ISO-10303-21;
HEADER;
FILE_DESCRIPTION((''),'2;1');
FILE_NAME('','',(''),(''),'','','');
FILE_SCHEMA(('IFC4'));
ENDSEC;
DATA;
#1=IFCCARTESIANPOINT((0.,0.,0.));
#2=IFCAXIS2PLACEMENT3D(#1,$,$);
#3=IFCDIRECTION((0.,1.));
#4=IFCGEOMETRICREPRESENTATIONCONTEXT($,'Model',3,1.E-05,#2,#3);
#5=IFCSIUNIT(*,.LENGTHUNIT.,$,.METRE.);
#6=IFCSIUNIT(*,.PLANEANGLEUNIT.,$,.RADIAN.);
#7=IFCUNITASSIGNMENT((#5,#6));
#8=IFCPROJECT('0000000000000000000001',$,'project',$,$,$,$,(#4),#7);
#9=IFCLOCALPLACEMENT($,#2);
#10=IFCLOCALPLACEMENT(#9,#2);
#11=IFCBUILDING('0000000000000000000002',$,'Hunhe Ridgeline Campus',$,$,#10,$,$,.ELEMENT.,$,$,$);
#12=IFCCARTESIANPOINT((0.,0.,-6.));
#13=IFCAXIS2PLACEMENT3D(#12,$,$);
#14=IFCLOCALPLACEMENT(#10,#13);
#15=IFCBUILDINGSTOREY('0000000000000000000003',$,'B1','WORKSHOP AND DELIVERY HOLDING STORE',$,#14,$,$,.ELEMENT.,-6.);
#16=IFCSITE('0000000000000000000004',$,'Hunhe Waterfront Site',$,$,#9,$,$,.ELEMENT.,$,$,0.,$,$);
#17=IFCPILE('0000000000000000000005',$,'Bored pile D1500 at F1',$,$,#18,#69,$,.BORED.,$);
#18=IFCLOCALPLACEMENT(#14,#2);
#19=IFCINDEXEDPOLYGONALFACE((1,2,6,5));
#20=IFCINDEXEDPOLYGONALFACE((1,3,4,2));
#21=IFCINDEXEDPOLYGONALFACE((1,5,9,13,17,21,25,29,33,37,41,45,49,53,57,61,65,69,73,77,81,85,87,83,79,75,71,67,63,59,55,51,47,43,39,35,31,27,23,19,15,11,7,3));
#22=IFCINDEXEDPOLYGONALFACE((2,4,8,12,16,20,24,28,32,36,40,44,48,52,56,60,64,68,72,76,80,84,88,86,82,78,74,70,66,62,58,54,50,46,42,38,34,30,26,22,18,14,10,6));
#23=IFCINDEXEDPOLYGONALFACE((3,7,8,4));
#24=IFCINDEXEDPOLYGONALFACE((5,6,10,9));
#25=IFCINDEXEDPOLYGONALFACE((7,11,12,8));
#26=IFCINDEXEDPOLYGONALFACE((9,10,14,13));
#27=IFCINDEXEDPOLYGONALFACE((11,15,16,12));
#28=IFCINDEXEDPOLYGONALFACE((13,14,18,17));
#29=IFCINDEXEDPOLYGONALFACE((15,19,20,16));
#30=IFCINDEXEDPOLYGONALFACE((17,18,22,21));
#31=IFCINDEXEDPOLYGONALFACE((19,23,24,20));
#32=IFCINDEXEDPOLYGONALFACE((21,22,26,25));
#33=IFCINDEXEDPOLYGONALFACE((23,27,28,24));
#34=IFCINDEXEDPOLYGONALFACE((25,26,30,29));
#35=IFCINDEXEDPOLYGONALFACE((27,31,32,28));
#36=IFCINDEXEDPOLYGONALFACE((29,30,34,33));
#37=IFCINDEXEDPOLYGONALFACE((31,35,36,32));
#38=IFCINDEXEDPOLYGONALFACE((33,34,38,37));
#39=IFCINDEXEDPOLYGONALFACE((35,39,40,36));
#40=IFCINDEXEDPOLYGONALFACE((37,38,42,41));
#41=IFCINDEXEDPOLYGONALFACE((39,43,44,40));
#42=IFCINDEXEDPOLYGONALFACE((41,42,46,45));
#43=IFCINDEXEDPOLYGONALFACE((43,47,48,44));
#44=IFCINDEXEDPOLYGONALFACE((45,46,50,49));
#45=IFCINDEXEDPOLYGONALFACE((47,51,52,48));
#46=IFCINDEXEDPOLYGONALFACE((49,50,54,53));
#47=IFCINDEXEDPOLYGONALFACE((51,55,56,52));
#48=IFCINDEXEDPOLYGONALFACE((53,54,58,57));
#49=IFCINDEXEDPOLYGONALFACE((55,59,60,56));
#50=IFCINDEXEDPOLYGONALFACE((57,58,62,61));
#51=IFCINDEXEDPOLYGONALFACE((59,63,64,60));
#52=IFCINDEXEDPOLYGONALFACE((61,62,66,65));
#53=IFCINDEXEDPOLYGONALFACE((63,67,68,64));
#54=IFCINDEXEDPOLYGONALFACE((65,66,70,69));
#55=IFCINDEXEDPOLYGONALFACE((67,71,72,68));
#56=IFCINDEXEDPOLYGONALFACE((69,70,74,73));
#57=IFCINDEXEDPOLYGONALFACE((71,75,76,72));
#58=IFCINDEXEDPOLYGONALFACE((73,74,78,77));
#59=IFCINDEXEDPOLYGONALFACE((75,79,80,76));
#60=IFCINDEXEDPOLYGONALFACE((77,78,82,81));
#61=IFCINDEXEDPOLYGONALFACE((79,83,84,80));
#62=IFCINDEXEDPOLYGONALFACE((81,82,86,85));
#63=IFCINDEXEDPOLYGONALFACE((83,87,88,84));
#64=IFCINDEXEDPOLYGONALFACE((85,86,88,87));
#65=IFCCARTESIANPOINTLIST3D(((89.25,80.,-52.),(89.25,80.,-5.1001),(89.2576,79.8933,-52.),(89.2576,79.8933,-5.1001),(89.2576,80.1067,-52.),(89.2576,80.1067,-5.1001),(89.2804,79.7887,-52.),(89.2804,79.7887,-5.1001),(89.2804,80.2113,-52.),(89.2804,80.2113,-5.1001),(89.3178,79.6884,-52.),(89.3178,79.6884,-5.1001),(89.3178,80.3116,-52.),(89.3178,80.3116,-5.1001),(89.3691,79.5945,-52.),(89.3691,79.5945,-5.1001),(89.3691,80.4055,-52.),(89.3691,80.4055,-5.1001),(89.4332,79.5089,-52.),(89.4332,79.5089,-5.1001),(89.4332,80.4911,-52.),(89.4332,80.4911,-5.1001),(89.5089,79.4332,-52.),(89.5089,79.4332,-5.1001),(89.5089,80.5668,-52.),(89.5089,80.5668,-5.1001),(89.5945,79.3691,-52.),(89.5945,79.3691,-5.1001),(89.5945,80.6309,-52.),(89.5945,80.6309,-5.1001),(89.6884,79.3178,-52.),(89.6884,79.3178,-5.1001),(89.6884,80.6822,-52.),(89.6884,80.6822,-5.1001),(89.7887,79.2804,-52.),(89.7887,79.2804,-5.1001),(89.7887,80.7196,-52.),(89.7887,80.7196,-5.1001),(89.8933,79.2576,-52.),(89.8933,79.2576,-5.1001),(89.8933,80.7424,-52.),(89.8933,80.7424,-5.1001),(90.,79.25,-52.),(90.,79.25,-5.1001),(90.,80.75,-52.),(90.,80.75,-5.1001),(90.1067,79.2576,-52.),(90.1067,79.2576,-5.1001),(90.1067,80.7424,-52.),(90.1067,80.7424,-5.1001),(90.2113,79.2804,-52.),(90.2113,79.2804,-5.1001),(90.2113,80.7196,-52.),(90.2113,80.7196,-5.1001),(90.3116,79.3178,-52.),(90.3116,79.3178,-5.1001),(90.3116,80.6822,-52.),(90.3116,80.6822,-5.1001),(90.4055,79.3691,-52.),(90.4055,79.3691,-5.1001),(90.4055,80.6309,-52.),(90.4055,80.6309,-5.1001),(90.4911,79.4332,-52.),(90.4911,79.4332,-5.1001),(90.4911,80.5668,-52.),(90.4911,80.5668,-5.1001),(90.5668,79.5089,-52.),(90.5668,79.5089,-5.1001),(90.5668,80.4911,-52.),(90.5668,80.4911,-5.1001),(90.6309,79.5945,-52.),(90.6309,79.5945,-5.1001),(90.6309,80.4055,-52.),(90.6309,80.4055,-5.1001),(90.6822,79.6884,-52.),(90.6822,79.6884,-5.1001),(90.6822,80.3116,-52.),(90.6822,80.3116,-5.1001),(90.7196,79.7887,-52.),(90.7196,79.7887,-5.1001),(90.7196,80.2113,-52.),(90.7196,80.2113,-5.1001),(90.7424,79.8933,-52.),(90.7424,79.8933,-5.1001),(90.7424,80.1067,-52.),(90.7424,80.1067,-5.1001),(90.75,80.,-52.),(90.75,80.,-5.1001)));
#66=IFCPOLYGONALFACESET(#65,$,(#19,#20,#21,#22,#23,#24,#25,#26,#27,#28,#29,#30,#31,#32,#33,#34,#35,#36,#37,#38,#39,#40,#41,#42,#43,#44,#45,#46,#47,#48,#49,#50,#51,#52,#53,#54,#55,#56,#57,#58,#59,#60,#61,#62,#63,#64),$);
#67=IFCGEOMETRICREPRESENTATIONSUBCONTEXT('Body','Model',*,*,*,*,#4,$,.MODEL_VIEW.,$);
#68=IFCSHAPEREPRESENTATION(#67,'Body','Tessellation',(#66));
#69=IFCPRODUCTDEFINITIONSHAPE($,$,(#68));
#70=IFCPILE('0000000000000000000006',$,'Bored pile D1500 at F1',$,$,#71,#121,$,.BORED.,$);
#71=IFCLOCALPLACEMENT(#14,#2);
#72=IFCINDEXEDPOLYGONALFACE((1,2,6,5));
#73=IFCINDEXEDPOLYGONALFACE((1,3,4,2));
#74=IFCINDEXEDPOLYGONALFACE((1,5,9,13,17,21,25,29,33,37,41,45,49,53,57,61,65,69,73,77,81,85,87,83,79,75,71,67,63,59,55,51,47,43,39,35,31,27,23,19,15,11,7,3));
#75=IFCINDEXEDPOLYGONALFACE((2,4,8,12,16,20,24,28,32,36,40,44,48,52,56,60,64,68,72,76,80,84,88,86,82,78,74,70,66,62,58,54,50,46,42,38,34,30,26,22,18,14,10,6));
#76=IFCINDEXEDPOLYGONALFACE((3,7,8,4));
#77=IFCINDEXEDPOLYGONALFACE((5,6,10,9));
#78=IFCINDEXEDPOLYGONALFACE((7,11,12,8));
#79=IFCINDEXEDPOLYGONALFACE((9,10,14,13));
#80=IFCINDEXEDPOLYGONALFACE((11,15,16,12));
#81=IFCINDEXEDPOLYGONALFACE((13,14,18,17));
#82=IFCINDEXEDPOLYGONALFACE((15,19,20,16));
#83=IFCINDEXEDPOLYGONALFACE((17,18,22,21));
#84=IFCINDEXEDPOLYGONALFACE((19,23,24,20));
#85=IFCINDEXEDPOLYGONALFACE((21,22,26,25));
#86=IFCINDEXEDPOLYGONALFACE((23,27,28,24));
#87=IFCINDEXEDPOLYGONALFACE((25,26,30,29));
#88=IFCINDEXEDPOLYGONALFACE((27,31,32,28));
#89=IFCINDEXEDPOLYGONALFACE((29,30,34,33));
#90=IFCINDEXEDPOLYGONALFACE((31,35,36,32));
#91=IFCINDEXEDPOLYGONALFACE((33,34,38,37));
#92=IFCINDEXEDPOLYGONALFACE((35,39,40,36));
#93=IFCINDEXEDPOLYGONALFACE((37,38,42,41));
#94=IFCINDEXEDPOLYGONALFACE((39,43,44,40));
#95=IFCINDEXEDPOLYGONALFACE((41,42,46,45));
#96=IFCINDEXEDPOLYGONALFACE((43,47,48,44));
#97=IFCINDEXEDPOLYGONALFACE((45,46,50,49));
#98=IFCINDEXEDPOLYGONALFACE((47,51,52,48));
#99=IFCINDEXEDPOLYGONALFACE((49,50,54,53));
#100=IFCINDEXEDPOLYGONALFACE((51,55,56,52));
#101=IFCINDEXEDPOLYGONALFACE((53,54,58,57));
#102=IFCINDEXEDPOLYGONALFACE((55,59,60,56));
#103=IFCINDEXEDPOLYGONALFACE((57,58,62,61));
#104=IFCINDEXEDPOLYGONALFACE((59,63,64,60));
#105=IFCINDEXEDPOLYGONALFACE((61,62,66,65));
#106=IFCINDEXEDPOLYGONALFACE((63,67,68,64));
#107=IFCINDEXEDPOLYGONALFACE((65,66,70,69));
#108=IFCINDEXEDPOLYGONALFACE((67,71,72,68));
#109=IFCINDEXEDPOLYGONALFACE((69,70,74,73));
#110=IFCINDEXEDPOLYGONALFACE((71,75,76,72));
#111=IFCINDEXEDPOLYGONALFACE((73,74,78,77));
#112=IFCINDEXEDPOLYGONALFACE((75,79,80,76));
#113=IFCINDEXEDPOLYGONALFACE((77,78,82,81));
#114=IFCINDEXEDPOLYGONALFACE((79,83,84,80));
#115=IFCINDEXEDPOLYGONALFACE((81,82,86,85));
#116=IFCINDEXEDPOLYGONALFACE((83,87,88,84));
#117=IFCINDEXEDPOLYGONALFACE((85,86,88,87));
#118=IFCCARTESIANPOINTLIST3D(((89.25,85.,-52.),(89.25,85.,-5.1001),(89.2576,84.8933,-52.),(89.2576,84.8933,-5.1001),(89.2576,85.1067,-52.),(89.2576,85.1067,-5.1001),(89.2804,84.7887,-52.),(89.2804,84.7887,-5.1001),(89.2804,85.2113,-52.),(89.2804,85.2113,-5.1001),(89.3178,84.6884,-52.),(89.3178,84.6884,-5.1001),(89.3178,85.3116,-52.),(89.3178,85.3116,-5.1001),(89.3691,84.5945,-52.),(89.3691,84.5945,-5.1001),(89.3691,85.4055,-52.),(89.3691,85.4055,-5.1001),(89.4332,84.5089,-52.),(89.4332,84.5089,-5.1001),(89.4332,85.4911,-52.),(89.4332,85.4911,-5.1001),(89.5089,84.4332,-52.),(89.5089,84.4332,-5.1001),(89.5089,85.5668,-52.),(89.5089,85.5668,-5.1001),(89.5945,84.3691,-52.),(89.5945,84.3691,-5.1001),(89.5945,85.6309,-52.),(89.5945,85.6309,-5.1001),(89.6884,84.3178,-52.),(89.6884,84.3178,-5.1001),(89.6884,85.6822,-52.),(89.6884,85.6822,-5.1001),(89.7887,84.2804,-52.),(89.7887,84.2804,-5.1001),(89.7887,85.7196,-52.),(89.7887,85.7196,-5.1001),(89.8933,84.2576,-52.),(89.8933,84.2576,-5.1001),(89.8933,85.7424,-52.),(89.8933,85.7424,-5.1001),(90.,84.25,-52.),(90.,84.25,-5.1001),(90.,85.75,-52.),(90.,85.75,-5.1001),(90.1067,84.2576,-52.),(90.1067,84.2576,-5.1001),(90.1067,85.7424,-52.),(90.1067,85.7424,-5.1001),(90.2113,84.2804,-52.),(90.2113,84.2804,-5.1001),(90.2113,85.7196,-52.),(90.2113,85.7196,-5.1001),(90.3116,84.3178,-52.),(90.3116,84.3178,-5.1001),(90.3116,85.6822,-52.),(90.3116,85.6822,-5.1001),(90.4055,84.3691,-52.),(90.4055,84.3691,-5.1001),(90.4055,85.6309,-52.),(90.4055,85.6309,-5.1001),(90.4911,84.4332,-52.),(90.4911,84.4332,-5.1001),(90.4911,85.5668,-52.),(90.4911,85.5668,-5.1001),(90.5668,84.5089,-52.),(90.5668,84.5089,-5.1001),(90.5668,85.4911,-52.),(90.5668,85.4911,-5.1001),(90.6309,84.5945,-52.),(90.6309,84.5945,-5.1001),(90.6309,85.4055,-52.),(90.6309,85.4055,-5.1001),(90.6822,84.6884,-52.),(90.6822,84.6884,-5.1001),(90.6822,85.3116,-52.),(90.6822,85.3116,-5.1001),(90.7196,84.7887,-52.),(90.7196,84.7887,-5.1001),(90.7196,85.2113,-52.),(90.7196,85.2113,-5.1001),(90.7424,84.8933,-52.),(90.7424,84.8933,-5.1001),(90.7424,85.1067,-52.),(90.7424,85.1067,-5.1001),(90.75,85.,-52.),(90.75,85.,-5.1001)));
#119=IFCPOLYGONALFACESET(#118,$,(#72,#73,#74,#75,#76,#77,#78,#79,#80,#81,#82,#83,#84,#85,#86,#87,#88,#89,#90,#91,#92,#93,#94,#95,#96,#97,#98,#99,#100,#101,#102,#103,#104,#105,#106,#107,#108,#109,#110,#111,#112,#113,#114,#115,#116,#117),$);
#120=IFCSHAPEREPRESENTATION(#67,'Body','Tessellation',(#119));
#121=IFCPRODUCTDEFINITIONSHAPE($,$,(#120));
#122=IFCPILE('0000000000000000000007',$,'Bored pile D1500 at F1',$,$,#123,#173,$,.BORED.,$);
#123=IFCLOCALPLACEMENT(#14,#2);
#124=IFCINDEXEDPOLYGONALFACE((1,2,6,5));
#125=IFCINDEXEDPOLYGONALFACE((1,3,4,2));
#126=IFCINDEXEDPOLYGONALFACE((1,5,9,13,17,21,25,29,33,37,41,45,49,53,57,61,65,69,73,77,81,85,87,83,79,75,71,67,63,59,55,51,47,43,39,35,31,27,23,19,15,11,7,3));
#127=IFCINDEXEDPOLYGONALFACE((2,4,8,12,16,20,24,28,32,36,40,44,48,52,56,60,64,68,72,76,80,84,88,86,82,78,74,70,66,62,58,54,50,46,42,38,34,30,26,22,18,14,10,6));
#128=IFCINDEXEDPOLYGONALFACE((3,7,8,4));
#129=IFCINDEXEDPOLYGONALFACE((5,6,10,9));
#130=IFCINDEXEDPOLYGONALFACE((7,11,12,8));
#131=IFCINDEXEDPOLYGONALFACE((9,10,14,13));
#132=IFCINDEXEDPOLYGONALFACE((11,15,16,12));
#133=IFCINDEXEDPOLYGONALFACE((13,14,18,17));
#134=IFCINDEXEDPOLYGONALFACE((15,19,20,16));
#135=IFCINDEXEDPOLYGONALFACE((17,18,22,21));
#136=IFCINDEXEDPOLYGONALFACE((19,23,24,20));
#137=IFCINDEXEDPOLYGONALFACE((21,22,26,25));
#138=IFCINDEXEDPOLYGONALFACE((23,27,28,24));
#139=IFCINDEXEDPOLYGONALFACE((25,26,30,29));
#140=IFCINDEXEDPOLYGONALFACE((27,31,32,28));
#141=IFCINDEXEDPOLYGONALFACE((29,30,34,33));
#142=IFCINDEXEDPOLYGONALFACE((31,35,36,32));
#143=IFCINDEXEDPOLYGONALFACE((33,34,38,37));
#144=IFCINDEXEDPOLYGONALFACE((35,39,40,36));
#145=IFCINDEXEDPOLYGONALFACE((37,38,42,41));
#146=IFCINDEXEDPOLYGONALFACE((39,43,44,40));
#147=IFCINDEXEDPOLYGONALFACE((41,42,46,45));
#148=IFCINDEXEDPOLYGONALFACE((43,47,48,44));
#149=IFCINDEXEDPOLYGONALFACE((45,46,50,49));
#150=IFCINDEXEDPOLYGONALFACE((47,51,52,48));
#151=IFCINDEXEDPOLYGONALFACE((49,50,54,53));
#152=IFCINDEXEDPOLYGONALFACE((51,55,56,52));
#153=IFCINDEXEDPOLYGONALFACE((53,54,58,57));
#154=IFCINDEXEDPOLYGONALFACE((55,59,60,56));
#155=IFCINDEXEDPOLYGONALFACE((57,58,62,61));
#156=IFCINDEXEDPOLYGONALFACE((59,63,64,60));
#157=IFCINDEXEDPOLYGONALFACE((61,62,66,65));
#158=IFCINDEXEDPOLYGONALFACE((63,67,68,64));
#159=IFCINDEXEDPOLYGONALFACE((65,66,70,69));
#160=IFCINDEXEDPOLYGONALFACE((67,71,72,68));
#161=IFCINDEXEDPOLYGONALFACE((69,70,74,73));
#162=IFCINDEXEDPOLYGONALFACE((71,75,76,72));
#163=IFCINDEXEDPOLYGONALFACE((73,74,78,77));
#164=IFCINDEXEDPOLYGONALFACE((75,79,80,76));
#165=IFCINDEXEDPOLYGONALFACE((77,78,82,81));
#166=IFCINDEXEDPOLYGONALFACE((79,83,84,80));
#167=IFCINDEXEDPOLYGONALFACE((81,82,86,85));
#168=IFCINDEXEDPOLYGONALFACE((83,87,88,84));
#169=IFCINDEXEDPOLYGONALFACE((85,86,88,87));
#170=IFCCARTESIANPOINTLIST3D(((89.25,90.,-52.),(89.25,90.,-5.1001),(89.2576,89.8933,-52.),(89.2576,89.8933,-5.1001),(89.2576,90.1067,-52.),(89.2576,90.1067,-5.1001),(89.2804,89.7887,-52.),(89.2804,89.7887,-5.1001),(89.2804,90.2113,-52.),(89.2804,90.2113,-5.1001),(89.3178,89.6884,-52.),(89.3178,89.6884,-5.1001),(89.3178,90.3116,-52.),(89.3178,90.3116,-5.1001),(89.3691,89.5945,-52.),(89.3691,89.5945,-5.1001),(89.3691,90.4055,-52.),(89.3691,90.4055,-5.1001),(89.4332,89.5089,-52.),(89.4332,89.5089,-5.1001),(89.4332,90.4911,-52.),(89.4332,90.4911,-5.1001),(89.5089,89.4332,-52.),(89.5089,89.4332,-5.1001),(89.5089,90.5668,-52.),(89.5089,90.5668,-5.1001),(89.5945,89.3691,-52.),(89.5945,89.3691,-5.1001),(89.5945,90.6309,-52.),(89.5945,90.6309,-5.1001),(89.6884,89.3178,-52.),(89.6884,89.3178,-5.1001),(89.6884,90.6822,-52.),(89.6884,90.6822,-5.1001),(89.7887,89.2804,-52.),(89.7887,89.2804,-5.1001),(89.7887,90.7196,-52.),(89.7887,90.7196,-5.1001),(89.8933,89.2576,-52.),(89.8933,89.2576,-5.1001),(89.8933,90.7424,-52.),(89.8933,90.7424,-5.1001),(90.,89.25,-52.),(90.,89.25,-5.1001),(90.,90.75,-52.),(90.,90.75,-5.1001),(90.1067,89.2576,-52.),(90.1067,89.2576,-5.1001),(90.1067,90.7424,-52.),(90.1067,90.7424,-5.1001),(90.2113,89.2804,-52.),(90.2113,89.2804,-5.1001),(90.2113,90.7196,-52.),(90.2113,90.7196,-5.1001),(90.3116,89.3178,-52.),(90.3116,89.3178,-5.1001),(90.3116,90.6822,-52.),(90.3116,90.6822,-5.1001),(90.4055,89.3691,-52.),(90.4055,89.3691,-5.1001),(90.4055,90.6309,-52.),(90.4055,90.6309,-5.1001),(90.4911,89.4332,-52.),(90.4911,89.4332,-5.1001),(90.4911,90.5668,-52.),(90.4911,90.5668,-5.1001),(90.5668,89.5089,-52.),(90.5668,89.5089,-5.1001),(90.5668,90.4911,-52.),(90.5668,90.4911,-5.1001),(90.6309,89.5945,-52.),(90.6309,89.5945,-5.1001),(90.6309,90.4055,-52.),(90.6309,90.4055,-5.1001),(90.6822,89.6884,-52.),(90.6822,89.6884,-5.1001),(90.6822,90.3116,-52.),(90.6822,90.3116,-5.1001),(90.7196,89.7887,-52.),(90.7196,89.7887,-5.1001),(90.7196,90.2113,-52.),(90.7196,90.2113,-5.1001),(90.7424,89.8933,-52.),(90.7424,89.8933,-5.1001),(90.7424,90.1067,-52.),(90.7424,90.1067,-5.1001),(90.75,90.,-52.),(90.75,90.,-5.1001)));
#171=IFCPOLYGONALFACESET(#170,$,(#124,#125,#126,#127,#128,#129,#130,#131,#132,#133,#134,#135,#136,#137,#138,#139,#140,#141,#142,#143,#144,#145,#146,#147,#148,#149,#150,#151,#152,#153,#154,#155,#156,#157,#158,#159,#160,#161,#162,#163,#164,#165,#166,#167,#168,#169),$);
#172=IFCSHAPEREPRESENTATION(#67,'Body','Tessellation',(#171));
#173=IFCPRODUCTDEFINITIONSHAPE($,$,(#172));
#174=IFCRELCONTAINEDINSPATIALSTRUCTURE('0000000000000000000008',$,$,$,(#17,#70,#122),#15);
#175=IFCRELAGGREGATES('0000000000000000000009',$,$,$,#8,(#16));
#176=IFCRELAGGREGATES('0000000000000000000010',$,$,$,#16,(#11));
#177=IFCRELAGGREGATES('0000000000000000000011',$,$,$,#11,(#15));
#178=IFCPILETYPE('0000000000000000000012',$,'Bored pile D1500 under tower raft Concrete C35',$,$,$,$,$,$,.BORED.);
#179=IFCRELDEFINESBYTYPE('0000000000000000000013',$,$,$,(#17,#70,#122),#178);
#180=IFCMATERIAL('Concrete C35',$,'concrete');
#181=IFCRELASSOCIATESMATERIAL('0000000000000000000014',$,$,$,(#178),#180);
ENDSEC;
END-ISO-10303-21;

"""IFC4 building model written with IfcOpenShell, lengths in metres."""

from ifc_helpers import new_model, si_unit, direction, frame, origin, origin_2d, place, context, subcontext, project, spatial, circle, extrude, material, material_profile, profile_set, type_object, element, save


model = new_model("IFC4")

# Units and contexts
model_context = context("Model", 3, precision=1e-05, world=origin(), true_north=direction((0.0, 1.0)))
body_context = subcontext(model_context, "Body", "Model", "MODEL_VIEW")
ifc_project = project(units=[si_unit("LENGTHUNIT", "METRE"), si_unit("PLANEANGLEUNIT", "RADIAN")], contexts=[model_context])

# Site, building, storey
site_placement = place(None, origin())
site = spatial("IfcSite", under=ifc_project, at=site_placement, Name="Hunhe Waterfront Site", CompositionType="ELEMENT", RefElevation=0.0)
building_placement = place(site_placement, origin())
building = spatial("IfcBuilding", under=site, at=building_placement, Name="Hunhe Ridgeline Campus", CompositionType="ELEMENT")
storey_placement = place(building_placement, frame((0.0, 0.0, -6.0)))
storey = spatial("IfcBuildingStorey", under=building, at=storey_placement, Name="B1", Description="WORKSHOP AND DELIVERY HOLDING STORE", CompositionType="ELEMENT", Elevation=-6.0)

# Piles
ifc_material_1 = material(Name="Concrete C35", Category="concrete")
ifc_material_profile_1 = material_profile(ifc_material_1, circle(Radius=0.75, at=origin_2d()))
ifc_profile_set_1 = profile_set([ifc_material_profile_1], Name="Concrete C35")
pile_type = type_object("IfcPileType", Name="Bored pile D1500 under tower raft Concrete C35", PredefinedType="BORED", material=ifc_profile_set_1)
for number, where, z_axis, x_axis, name in (
    (1, (90.0, 80.0, -5.1001), (0.0, 0.0, -1.0), (1.0, 0.0, 0.0), "Bored pile D1500 at F1"),
    (2, (90.0, 85.0, -5.1001), (0.0, 0.0, -1.0), (1.0, 0.0, 0.0), "Bored pile D1500 at F1"),
    (3, (90.0, 90.0, -5.1001), (0.0, 0.0, -1.0), (1.0, 0.0, 0.0), "Bored pile D1500 at F1"),
):
    element("IfcPile", number, at=place(storey_placement, frame(where, z_axis=z_axis, x_axis=x_axis)), inside=storey, type_object=pile_type, Name=name, PredefinedType="BORED", context=body_context, shape_type="SweptSolid", body=[
        extrude(circle(Radius=0.75, at=origin_2d()), origin(), (0.0, 0.0, 1.0), 46.8999),
    ])

save(model, "model.ifc")
